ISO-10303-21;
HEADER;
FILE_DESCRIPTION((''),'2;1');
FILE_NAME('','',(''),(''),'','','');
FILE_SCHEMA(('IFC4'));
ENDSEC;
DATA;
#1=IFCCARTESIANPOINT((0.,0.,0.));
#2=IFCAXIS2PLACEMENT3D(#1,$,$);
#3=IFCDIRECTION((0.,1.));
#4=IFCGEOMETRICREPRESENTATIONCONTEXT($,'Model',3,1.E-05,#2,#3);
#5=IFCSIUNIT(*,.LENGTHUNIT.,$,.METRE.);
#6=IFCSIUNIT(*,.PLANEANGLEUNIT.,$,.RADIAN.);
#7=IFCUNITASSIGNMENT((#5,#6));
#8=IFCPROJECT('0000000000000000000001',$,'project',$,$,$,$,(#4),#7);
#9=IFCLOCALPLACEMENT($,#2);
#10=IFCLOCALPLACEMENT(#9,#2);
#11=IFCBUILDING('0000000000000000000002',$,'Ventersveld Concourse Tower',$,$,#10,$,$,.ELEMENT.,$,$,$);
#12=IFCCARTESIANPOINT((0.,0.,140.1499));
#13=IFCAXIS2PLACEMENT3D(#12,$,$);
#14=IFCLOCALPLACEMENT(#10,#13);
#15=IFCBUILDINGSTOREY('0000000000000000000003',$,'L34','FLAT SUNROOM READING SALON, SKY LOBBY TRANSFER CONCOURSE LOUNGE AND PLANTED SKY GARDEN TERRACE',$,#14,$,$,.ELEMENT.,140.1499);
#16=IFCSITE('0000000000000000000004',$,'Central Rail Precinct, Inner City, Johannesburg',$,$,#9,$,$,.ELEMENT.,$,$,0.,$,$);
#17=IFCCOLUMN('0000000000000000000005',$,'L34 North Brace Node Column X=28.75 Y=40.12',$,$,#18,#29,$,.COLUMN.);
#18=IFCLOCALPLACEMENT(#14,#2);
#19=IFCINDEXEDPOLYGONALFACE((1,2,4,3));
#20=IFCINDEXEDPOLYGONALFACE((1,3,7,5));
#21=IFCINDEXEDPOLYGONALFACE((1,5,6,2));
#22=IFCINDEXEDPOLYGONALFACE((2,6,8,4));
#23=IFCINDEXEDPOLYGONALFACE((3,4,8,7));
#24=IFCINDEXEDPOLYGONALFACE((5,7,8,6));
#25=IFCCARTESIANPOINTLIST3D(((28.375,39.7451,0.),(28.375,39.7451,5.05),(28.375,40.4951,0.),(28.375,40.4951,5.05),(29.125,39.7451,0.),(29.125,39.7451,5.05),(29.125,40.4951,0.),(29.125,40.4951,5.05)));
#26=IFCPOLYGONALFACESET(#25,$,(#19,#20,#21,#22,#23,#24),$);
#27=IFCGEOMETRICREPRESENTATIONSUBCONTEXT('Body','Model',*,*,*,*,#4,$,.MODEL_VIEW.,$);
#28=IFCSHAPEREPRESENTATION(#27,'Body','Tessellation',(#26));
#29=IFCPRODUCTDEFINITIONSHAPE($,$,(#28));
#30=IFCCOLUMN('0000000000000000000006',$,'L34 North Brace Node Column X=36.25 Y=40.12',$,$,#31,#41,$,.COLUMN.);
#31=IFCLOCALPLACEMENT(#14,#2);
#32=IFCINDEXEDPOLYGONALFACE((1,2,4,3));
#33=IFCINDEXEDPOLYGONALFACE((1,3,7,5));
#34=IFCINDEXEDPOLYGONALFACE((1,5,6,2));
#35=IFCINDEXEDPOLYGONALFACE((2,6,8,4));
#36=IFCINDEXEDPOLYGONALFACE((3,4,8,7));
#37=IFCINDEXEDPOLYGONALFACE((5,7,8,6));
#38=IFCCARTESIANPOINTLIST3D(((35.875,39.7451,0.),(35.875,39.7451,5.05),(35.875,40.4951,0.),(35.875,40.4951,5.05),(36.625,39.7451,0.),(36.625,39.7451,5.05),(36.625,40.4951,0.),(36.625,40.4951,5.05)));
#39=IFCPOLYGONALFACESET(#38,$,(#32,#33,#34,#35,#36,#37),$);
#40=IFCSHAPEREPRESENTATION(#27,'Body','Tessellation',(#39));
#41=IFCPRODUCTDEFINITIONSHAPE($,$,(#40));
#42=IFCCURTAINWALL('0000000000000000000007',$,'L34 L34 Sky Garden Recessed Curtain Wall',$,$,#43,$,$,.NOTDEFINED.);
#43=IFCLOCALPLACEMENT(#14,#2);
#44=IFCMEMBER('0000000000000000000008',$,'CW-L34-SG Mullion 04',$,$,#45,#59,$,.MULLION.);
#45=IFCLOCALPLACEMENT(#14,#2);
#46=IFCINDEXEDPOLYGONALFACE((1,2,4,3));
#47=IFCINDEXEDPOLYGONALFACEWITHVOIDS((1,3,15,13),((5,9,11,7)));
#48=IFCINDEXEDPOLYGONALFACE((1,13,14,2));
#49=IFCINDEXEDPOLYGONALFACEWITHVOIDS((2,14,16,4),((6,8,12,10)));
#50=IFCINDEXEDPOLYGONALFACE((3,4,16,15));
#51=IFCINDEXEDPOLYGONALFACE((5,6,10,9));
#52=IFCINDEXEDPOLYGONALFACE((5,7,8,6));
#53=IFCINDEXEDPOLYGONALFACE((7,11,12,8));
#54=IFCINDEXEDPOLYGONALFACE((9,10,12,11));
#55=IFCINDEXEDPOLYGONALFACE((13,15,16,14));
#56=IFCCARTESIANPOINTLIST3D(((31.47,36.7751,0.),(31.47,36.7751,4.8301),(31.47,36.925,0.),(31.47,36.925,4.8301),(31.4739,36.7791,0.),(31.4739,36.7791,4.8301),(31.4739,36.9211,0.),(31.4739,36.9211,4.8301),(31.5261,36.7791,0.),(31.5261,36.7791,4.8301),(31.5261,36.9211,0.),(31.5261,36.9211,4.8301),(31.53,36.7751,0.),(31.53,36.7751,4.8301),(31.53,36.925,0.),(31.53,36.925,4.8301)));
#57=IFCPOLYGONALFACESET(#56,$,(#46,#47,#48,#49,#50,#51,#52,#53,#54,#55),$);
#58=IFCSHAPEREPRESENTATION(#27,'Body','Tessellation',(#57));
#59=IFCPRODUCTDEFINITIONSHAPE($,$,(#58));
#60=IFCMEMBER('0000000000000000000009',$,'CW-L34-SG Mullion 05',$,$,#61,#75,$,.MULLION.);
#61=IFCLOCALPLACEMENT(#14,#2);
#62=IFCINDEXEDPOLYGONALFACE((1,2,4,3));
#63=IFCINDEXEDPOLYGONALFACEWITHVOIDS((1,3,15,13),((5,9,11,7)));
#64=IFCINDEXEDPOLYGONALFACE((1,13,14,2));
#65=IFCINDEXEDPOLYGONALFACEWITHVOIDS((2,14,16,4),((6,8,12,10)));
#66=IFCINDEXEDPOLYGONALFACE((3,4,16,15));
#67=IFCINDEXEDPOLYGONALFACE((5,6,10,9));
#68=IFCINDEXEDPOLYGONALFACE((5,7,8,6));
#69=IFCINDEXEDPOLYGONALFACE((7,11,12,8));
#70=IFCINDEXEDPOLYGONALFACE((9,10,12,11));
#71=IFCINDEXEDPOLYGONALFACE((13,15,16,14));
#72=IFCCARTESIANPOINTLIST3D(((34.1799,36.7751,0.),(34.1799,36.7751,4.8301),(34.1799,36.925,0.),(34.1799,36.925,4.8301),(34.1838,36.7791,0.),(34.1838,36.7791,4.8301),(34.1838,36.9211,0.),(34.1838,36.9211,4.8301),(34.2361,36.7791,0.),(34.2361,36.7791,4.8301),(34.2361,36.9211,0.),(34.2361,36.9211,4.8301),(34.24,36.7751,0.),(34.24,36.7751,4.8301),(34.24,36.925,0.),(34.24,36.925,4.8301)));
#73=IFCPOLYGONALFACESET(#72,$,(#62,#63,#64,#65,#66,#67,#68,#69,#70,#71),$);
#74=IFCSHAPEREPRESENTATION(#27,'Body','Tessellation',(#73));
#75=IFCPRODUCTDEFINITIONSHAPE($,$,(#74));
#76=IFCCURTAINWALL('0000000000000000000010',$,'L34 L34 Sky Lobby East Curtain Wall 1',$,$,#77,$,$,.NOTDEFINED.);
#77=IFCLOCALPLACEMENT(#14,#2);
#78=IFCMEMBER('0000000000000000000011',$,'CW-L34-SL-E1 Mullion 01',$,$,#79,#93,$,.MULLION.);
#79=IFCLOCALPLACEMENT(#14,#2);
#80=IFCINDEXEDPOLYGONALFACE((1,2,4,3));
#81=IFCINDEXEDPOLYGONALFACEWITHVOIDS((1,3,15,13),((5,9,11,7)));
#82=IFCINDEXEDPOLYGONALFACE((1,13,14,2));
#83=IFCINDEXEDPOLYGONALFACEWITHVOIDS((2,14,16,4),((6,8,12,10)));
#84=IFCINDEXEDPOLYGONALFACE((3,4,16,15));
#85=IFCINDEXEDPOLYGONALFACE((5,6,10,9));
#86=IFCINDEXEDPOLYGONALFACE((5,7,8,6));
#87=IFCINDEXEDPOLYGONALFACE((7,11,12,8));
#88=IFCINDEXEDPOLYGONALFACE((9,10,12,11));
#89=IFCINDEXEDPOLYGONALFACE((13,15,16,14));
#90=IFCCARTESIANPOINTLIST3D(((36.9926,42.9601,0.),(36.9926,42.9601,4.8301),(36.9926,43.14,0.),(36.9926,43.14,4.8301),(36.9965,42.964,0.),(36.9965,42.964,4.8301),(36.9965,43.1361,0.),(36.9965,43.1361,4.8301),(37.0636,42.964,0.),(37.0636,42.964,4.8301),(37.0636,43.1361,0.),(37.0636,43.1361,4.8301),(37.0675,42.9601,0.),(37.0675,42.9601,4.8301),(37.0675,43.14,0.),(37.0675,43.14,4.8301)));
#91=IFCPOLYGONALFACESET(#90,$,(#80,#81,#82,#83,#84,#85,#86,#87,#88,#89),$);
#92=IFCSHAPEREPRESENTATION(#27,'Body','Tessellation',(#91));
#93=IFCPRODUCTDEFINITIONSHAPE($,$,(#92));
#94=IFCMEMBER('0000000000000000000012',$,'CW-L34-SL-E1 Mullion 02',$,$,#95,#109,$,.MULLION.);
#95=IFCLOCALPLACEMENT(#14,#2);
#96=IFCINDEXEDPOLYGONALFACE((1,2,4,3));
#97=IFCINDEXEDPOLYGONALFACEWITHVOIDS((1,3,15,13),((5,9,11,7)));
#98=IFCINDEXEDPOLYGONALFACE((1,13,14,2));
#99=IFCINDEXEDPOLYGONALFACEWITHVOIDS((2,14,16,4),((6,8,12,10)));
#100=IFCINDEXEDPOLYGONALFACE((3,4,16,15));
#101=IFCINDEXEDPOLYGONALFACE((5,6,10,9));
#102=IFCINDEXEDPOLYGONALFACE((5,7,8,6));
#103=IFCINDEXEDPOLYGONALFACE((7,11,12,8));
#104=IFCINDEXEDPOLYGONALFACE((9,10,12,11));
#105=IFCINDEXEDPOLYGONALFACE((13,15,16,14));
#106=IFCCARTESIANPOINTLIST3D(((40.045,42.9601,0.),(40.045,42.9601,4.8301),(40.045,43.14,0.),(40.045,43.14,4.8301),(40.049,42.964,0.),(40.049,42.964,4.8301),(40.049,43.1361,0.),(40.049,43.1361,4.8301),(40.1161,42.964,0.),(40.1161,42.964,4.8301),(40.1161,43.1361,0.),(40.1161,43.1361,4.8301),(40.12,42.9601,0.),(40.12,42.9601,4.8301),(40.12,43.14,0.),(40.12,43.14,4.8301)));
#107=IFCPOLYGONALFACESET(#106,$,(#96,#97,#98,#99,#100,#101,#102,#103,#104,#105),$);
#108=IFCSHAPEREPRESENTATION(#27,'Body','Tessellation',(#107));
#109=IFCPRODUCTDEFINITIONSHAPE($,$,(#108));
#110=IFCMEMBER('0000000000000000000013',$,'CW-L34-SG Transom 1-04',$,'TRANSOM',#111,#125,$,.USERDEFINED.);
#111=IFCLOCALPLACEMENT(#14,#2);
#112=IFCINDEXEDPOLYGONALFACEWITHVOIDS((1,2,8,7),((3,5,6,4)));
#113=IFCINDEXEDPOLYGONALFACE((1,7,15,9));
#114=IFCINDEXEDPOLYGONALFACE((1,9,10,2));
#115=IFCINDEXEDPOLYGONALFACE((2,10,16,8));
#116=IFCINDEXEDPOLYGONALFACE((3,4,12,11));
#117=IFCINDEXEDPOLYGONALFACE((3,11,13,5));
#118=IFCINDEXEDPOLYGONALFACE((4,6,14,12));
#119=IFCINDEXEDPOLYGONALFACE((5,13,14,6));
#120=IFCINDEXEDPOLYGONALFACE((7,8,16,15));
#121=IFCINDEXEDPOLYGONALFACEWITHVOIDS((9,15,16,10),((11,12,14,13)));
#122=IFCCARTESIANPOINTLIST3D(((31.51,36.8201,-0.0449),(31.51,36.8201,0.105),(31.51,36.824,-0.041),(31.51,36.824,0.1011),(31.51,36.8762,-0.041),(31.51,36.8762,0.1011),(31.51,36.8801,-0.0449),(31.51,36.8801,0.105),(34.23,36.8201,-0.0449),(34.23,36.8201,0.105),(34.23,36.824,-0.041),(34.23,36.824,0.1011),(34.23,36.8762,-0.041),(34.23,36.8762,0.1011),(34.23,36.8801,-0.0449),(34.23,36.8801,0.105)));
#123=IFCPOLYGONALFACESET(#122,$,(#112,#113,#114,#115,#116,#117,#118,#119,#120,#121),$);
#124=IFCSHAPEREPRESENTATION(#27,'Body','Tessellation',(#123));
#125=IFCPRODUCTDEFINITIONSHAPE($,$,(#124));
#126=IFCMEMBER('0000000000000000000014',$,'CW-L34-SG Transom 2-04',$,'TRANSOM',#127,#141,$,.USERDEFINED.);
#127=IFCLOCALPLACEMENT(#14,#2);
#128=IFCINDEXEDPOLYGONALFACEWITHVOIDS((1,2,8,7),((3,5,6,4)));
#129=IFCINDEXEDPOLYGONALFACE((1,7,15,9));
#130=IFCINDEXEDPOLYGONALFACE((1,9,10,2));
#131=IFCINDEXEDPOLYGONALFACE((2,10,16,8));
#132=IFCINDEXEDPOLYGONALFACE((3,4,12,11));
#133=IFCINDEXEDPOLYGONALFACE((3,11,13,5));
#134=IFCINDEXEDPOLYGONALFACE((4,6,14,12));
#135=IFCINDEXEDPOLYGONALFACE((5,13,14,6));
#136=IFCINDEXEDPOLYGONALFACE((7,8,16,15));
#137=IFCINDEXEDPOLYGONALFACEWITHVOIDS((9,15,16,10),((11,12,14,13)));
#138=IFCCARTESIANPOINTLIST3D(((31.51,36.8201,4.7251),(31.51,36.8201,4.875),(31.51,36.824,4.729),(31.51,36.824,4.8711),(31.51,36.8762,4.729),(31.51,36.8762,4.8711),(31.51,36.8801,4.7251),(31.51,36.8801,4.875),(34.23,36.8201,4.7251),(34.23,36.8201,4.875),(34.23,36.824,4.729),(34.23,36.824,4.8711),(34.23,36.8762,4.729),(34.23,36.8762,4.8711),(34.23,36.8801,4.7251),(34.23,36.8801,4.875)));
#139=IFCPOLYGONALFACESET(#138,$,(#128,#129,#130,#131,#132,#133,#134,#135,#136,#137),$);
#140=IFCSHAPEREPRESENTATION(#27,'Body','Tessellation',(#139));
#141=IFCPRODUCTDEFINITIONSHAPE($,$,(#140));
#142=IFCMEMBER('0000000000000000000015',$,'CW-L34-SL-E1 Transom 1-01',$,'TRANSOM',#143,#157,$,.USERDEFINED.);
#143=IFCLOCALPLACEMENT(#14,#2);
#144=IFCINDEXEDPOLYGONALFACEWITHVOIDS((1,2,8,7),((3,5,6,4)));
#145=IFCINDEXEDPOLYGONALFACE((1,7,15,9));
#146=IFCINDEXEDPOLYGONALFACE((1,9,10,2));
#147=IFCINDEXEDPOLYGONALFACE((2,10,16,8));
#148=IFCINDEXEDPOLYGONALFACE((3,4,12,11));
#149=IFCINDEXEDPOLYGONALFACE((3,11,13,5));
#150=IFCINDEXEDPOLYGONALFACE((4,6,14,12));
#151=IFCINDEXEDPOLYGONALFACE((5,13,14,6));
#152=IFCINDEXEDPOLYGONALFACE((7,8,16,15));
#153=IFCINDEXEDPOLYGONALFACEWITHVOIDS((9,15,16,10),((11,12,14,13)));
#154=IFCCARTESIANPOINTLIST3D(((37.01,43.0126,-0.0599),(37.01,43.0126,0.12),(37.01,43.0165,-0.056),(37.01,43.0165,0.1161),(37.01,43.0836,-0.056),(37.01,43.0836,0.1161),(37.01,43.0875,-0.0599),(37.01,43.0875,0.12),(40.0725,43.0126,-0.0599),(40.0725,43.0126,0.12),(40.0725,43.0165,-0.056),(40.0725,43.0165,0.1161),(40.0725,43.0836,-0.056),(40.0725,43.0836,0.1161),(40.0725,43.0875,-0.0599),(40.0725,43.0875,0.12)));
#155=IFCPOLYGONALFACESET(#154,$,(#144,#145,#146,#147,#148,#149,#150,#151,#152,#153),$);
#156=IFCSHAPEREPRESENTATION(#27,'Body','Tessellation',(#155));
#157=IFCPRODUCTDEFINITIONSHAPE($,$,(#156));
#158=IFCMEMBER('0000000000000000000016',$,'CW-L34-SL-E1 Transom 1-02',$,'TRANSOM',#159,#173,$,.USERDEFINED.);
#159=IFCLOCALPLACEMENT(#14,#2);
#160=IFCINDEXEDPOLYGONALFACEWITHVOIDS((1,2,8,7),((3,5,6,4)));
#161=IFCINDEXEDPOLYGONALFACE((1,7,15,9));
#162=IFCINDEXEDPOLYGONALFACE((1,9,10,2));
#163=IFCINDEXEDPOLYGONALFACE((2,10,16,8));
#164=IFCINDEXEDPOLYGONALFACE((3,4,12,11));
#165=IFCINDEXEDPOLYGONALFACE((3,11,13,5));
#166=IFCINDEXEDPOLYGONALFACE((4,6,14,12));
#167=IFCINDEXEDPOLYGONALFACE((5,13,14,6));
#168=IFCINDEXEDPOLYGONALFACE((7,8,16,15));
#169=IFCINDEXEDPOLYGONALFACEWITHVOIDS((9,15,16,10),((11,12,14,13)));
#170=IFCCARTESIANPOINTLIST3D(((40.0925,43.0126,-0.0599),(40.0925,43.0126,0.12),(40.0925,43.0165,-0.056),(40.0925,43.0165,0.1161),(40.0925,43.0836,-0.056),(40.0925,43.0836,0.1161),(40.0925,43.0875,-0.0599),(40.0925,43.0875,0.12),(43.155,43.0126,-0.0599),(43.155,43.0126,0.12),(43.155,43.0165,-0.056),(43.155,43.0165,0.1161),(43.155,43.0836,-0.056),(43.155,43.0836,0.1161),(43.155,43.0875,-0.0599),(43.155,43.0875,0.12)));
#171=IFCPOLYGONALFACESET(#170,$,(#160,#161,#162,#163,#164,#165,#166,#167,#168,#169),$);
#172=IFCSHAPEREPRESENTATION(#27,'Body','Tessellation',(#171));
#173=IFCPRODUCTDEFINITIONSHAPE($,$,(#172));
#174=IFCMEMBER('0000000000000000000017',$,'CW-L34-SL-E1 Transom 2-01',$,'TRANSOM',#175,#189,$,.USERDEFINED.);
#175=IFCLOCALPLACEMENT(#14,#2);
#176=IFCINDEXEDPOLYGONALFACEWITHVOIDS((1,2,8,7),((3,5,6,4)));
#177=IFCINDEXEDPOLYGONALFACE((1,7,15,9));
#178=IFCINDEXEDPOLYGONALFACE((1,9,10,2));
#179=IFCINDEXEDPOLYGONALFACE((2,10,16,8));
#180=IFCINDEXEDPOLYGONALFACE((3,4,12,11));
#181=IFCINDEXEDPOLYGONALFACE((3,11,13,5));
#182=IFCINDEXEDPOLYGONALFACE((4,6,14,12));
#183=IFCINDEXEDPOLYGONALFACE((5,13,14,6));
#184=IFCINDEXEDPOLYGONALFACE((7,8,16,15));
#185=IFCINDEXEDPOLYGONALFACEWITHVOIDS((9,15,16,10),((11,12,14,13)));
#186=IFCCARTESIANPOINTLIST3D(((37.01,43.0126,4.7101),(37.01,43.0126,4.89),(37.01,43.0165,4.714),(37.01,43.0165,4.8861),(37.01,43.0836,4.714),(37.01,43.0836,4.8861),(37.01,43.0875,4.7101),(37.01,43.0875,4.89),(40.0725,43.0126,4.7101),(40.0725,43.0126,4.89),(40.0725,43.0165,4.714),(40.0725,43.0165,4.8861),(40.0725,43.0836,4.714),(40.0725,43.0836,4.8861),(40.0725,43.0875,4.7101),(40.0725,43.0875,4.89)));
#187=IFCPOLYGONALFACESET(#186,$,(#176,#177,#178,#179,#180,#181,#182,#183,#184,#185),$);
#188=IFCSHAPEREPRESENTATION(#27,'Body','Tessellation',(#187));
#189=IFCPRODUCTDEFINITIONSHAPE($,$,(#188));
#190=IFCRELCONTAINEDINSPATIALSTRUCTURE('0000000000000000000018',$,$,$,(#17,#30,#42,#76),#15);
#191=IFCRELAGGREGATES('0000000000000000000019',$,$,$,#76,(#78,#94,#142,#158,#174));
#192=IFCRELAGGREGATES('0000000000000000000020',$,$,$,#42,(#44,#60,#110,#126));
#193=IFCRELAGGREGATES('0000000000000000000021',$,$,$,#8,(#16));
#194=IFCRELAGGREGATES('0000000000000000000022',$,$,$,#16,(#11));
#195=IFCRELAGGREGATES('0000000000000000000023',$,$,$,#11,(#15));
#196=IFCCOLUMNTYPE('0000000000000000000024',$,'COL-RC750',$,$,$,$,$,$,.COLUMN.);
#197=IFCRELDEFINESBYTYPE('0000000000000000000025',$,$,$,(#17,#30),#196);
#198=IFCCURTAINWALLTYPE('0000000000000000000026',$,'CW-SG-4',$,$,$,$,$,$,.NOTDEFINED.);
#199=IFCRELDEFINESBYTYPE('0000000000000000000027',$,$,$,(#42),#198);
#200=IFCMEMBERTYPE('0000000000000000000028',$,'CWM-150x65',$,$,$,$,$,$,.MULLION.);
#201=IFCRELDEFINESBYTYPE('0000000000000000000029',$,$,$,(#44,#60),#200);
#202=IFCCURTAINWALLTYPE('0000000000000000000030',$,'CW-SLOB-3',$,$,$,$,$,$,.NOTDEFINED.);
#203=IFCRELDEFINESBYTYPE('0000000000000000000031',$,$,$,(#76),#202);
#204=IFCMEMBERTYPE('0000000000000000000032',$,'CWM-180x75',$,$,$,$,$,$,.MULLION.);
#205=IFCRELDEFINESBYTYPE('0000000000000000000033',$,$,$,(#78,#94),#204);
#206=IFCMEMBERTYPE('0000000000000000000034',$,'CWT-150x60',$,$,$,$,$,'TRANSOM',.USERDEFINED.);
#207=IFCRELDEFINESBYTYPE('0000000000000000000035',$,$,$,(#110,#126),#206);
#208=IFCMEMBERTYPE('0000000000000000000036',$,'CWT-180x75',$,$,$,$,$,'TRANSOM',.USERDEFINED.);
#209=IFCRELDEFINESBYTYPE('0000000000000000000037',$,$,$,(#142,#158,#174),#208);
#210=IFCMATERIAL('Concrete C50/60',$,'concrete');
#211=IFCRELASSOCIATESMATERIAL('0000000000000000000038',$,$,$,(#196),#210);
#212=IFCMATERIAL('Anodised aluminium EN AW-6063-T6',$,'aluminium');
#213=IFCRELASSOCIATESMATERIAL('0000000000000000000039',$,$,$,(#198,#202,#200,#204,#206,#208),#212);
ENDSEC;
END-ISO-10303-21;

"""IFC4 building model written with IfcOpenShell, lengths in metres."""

from ifc_helpers import new_model, si_unit, direction, frame, origin, origin_2d, place, context, subcontext, project, spatial, rectangle, hollow_rectangle, extrude, material, material_profile, profile_set, type_object, element, aggregate, save


model = new_model("IFC4")

# Units and contexts
model_context = context("Model", 3, precision=1e-05, world=origin(), true_north=direction((0.0, 1.0)))
body_context = subcontext(model_context, "Body", "Model", "MODEL_VIEW")
ifc_project = project(units=[si_unit("LENGTHUNIT", "METRE"), si_unit("PLANEANGLEUNIT", "RADIAN")], contexts=[model_context])

# Site, building, storey
site_placement = place(None, origin())
site = spatial("IfcSite", under=ifc_project, at=site_placement, Name="Central Rail Precinct, Inner City, Johannesburg", CompositionType="ELEMENT", RefElevation=0.0)
building_placement = place(site_placement, origin())
building = spatial("IfcBuilding", under=site, at=building_placement, Name="Ventersveld Concourse Tower", CompositionType="ELEMENT")
storey_placement = place(building_placement, frame((0.0, 0.0, 140.1499)))
storey = spatial("IfcBuildingStorey", under=building, at=storey_placement, Name="L34", Description="FLAT SUNROOM READING SALON, SKY LOBBY TRANSFER CONCOURSE LOUNGE AND PLANTED SKY GARDEN TERRACE", CompositionType="ELEMENT", Elevation=140.1499)

# Columns
ifc_material_1 = material(Name="Concrete C50/60", Category="concrete")
ifc_material_profile_1 = material_profile(ifc_material_1, rectangle(XDim=0.75, YDim=0.75, at=origin_2d()), Name="RC 750x750")
ifc_profile_set_1 = profile_set([ifc_material_profile_1], Name="Concrete C50/60")
column_type = type_object("IfcColumnType", Name="COL-RC750", PredefinedType="COLUMN", material=ifc_profile_set_1)
for number, where, z_axis, x_axis, name in (
    (1, (28.75, 40.1201, 0.0), (0.0, 0.0, 1.0), (1.0, 0.0, 0.0), "L34 North Brace Node Column X=28.75 Y=40.12"),
    (2, (36.25, 40.1201, 0.0), (0.0, 0.0, 1.0), (1.0, 0.0, 0.0), "L34 North Brace Node Column X=36.25 Y=40.12"),
):
    element("IfcColumn", number, at=place(storey_placement, frame(where, z_axis=z_axis, x_axis=x_axis)), inside=storey, type_object=column_type, Name=name, PredefinedType="COLUMN", context=body_context, shape_type="SweptSolid", body=[
        extrude(rectangle(XDim=0.75, YDim=0.75, at=origin_2d()), origin(), (0.0, 0.0, 1.0), 5.05),
    ])

# Curtain walls, members
ifc_material_2 = material(Name="Anodised aluminium EN AW-6063-T6", Category="aluminium")
curtain_wall_type_1 = type_object("IfcCurtainWallType", Name="CW-SG-4", PredefinedType="NOTDEFINED", material=ifc_material_2)
curtain_wall_1_placement = place(storey_placement, origin())
curtain_wall_1 = element("IfcCurtainWall", 3, at=curtain_wall_1_placement, inside=storey, type_object=curtain_wall_type_1, Name="L34 L34 Sky Garden Recessed Curtain Wall", PredefinedType="NOTDEFINED")
ifc_material_profile_2 = material_profile(ifc_material_2, hollow_rectangle(XDim=0.0601, YDim=0.1499, WallThickness=0.0039, at=origin_2d()), Name="ALU 150x60x4")
ifc_profile_set_2 = profile_set([ifc_material_profile_2], Name="Anodised aluminium EN AW-6063-T6")
member_type_1 = type_object("IfcMemberType", Name="CWM-150x65", PredefinedType="MULLION", material=ifc_profile_set_2)
member_1_placement = place(storey_placement, frame((31.5, 36.8501, 0.0), z_axis=(0.0, 0.0, 1.0), x_axis=(1.0, 0.0, 0.0)))
member_1 = element("IfcMember", 4, at=member_1_placement, type_object=member_type_1, Name="CW-L34-SG Mullion 04", PredefinedType="MULLION", context=body_context, shape_type="SweptSolid", body=[
    extrude(hollow_rectangle(XDim=0.0601, YDim=0.1499, WallThickness=0.0039, at=origin_2d()), origin(), (0.0, 0.0, 1.0), 4.8301),
])
member_2_placement = place(storey_placement, frame((34.21, 36.8501, 0.0), z_axis=(0.0, 0.0, 1.0), x_axis=(1.0, 0.0, 0.0)))
member_2 = element("IfcMember", 5, at=member_2_placement, type_object=member_type_1, Name="CW-L34-SG Mullion 05", PredefinedType="MULLION", context=body_context, shape_type="SweptSolid", body=[
    extrude(hollow_rectangle(XDim=0.0601, YDim=0.1499, WallThickness=0.0039, at=origin_2d()), origin(), (0.0, 0.0, 1.0), 4.8301),
])
curtain_wall_type_2 = type_object("IfcCurtainWallType", Name="CW-SLOB-3", PredefinedType="NOTDEFINED", material=ifc_material_2)
curtain_wall_2_placement = place(storey_placement, origin())
curtain_wall_2 = element("IfcCurtainWall", 6, at=curtain_wall_2_placement, inside=storey, type_object=curtain_wall_type_2, Name="L34 L34 Sky Lobby East Curtain Wall 1", PredefinedType="NOTDEFINED")
ifc_material_profile_3 = material_profile(ifc_material_2, hollow_rectangle(XDim=0.075, YDim=0.1799, WallThickness=0.0039, at=origin_2d()), Name="ALU 180x75x4")
ifc_profile_set_3 = profile_set([ifc_material_profile_3], Name="Anodised aluminium EN AW-6063-T6")
member_type_2 = type_object("IfcMemberType", Name="CWM-180x75", PredefinedType="MULLION", material=ifc_profile_set_3)
member_3_placement = place(storey_placement, frame((37.03, 43.05, 0.0), z_axis=(0.0, 0.0, 1.0), x_axis=(1.0, 0.0, 0.0)))
member_3 = element("IfcMember", 7, at=member_3_placement, type_object=member_type_2, Name="CW-L34-SL-E1 Mullion 01", PredefinedType="MULLION", context=body_context, shape_type="SweptSolid", body=[
    extrude(hollow_rectangle(XDim=0.075, YDim=0.1799, WallThickness=0.0039, at=origin_2d()), origin(), (0.0, 0.0, 1.0), 4.8301),
])
member_4_placement = place(storey_placement, frame((40.0825, 43.05, 0.0), z_axis=(0.0, 0.0, 1.0), x_axis=(1.0, 0.0, 0.0)))
member_4 = element("IfcMember", 8, at=member_4_placement, type_object=member_type_2, Name="CW-L34-SL-E1 Mullion 02", PredefinedType="MULLION", context=body_context, shape_type="SweptSolid", body=[
    extrude(hollow_rectangle(XDim=0.075, YDim=0.1799, WallThickness=0.0039, at=origin_2d()), origin(), (0.0, 0.0, 1.0), 4.8301),
])

# Members
ifc_material_profile_4 = material_profile(ifc_material_2, hollow_rectangle(XDim=0.0601, YDim=0.1499, WallThickness=0.0039, at=origin_2d()), Name="ALU 150x60x4")
ifc_profile_set_4 = profile_set([ifc_material_profile_4], Name="Anodised aluminium EN AW-6063-T6")
member_type_3 = type_object("IfcMemberType", Name="CWT-150x60", ElementType="TRANSOM", PredefinedType="USERDEFINED", material=ifc_profile_set_4)
member_5_placement = place(storey_placement, frame((31.51, 36.8501, 0.03), z_axis=(1.0, 0.0, 0.0), x_axis=(0.0, 1.0, 0.0)))
member_5 = element("IfcMember", 9, at=member_5_placement, type_object=member_type_3, Name="CW-L34-SG Transom 1-04", ObjectType="TRANSOM", PredefinedType="USERDEFINED", context=body_context, shape_type="SweptSolid", body=[
    extrude(hollow_rectangle(XDim=0.0601, YDim=0.1499, WallThickness=0.0039, at=origin_2d()), origin(), (0.0, 0.0, 1.0), 2.72),
])
member_6_placement = place(storey_placement, frame((31.51, 36.8501, 4.8), z_axis=(1.0, 0.0, 0.0), x_axis=(0.0, 1.0, 0.0)))
member_6 = element("IfcMember", 10, at=member_6_placement, type_object=member_type_3, Name="CW-L34-SG Transom 2-04", ObjectType="TRANSOM", PredefinedType="USERDEFINED", context=body_context, shape_type="SweptSolid", body=[
    extrude(hollow_rectangle(XDim=0.0601, YDim=0.1499, WallThickness=0.0039, at=origin_2d()), origin(), (0.0, 0.0, 1.0), 2.72),
])
ifc_material_profile_5 = material_profile(ifc_material_2, hollow_rectangle(XDim=0.075, YDim=0.1799, WallThickness=0.0039, at=origin_2d()), Name="ALU 180x75x4")
ifc_profile_set_5 = profile_set([ifc_material_profile_5], Name="Anodised aluminium EN AW-6063-T6")
member_type_4 = type_object("IfcMemberType", Name="CWT-180x75", ElementType="TRANSOM", PredefinedType="USERDEFINED", material=ifc_profile_set_5)
member_7_placement = place(storey_placement, frame((37.01, 43.05, 0.03), z_axis=(1.0, 0.0, 0.0), x_axis=(0.0, 1.0, 0.0)))
member_7 = element("IfcMember", 11, at=member_7_placement, type_object=member_type_4, Name="CW-L34-SL-E1 Transom 1-01", ObjectType="TRANSOM", PredefinedType="USERDEFINED", context=body_context, shape_type="SweptSolid", body=[
    extrude(hollow_rectangle(XDim=0.075, YDim=0.1799, WallThickness=0.0039, at=origin_2d()), origin(), (0.0, 0.0, 1.0), 3.0625),
])
member_8_placement = place(storey_placement, frame((40.0925, 43.05, 0.03), z_axis=(1.0, 0.0, 0.0), x_axis=(0.0, 1.0, 0.0)))
member_8 = element("IfcMember", 12, at=member_8_placement, type_object=member_type_4, Name="CW-L34-SL-E1 Transom 1-02", ObjectType="TRANSOM", PredefinedType="USERDEFINED", context=body_context, shape_type="SweptSolid", body=[
    extrude(hollow_rectangle(XDim=0.075, YDim=0.1799, WallThickness=0.0039, at=origin_2d()), origin(), (0.0, 0.0, 1.0), 3.0625),
])
member_9_placement = place(storey_placement, frame((37.01, 43.05, 4.8), z_axis=(1.0, 0.0, 0.0), x_axis=(0.0, 1.0, 0.0)))
member_9 = element("IfcMember", 13, at=member_9_placement, type_object=member_type_4, Name="CW-L34-SL-E1 Transom 2-01", ObjectType="TRANSOM", PredefinedType="USERDEFINED", context=body_context, shape_type="SweptSolid", body=[
    extrude(hollow_rectangle(XDim=0.075, YDim=0.1799, WallThickness=0.0039, at=origin_2d()), origin(), (0.0, 0.0, 1.0), 3.0625),
])

aggregate(curtain_wall_2, [member_3, member_4, member_7, member_8, member_9])
aggregate(curtain_wall_1, [member_1, member_2, member_5, member_6])

save(model, "model.ifc")
